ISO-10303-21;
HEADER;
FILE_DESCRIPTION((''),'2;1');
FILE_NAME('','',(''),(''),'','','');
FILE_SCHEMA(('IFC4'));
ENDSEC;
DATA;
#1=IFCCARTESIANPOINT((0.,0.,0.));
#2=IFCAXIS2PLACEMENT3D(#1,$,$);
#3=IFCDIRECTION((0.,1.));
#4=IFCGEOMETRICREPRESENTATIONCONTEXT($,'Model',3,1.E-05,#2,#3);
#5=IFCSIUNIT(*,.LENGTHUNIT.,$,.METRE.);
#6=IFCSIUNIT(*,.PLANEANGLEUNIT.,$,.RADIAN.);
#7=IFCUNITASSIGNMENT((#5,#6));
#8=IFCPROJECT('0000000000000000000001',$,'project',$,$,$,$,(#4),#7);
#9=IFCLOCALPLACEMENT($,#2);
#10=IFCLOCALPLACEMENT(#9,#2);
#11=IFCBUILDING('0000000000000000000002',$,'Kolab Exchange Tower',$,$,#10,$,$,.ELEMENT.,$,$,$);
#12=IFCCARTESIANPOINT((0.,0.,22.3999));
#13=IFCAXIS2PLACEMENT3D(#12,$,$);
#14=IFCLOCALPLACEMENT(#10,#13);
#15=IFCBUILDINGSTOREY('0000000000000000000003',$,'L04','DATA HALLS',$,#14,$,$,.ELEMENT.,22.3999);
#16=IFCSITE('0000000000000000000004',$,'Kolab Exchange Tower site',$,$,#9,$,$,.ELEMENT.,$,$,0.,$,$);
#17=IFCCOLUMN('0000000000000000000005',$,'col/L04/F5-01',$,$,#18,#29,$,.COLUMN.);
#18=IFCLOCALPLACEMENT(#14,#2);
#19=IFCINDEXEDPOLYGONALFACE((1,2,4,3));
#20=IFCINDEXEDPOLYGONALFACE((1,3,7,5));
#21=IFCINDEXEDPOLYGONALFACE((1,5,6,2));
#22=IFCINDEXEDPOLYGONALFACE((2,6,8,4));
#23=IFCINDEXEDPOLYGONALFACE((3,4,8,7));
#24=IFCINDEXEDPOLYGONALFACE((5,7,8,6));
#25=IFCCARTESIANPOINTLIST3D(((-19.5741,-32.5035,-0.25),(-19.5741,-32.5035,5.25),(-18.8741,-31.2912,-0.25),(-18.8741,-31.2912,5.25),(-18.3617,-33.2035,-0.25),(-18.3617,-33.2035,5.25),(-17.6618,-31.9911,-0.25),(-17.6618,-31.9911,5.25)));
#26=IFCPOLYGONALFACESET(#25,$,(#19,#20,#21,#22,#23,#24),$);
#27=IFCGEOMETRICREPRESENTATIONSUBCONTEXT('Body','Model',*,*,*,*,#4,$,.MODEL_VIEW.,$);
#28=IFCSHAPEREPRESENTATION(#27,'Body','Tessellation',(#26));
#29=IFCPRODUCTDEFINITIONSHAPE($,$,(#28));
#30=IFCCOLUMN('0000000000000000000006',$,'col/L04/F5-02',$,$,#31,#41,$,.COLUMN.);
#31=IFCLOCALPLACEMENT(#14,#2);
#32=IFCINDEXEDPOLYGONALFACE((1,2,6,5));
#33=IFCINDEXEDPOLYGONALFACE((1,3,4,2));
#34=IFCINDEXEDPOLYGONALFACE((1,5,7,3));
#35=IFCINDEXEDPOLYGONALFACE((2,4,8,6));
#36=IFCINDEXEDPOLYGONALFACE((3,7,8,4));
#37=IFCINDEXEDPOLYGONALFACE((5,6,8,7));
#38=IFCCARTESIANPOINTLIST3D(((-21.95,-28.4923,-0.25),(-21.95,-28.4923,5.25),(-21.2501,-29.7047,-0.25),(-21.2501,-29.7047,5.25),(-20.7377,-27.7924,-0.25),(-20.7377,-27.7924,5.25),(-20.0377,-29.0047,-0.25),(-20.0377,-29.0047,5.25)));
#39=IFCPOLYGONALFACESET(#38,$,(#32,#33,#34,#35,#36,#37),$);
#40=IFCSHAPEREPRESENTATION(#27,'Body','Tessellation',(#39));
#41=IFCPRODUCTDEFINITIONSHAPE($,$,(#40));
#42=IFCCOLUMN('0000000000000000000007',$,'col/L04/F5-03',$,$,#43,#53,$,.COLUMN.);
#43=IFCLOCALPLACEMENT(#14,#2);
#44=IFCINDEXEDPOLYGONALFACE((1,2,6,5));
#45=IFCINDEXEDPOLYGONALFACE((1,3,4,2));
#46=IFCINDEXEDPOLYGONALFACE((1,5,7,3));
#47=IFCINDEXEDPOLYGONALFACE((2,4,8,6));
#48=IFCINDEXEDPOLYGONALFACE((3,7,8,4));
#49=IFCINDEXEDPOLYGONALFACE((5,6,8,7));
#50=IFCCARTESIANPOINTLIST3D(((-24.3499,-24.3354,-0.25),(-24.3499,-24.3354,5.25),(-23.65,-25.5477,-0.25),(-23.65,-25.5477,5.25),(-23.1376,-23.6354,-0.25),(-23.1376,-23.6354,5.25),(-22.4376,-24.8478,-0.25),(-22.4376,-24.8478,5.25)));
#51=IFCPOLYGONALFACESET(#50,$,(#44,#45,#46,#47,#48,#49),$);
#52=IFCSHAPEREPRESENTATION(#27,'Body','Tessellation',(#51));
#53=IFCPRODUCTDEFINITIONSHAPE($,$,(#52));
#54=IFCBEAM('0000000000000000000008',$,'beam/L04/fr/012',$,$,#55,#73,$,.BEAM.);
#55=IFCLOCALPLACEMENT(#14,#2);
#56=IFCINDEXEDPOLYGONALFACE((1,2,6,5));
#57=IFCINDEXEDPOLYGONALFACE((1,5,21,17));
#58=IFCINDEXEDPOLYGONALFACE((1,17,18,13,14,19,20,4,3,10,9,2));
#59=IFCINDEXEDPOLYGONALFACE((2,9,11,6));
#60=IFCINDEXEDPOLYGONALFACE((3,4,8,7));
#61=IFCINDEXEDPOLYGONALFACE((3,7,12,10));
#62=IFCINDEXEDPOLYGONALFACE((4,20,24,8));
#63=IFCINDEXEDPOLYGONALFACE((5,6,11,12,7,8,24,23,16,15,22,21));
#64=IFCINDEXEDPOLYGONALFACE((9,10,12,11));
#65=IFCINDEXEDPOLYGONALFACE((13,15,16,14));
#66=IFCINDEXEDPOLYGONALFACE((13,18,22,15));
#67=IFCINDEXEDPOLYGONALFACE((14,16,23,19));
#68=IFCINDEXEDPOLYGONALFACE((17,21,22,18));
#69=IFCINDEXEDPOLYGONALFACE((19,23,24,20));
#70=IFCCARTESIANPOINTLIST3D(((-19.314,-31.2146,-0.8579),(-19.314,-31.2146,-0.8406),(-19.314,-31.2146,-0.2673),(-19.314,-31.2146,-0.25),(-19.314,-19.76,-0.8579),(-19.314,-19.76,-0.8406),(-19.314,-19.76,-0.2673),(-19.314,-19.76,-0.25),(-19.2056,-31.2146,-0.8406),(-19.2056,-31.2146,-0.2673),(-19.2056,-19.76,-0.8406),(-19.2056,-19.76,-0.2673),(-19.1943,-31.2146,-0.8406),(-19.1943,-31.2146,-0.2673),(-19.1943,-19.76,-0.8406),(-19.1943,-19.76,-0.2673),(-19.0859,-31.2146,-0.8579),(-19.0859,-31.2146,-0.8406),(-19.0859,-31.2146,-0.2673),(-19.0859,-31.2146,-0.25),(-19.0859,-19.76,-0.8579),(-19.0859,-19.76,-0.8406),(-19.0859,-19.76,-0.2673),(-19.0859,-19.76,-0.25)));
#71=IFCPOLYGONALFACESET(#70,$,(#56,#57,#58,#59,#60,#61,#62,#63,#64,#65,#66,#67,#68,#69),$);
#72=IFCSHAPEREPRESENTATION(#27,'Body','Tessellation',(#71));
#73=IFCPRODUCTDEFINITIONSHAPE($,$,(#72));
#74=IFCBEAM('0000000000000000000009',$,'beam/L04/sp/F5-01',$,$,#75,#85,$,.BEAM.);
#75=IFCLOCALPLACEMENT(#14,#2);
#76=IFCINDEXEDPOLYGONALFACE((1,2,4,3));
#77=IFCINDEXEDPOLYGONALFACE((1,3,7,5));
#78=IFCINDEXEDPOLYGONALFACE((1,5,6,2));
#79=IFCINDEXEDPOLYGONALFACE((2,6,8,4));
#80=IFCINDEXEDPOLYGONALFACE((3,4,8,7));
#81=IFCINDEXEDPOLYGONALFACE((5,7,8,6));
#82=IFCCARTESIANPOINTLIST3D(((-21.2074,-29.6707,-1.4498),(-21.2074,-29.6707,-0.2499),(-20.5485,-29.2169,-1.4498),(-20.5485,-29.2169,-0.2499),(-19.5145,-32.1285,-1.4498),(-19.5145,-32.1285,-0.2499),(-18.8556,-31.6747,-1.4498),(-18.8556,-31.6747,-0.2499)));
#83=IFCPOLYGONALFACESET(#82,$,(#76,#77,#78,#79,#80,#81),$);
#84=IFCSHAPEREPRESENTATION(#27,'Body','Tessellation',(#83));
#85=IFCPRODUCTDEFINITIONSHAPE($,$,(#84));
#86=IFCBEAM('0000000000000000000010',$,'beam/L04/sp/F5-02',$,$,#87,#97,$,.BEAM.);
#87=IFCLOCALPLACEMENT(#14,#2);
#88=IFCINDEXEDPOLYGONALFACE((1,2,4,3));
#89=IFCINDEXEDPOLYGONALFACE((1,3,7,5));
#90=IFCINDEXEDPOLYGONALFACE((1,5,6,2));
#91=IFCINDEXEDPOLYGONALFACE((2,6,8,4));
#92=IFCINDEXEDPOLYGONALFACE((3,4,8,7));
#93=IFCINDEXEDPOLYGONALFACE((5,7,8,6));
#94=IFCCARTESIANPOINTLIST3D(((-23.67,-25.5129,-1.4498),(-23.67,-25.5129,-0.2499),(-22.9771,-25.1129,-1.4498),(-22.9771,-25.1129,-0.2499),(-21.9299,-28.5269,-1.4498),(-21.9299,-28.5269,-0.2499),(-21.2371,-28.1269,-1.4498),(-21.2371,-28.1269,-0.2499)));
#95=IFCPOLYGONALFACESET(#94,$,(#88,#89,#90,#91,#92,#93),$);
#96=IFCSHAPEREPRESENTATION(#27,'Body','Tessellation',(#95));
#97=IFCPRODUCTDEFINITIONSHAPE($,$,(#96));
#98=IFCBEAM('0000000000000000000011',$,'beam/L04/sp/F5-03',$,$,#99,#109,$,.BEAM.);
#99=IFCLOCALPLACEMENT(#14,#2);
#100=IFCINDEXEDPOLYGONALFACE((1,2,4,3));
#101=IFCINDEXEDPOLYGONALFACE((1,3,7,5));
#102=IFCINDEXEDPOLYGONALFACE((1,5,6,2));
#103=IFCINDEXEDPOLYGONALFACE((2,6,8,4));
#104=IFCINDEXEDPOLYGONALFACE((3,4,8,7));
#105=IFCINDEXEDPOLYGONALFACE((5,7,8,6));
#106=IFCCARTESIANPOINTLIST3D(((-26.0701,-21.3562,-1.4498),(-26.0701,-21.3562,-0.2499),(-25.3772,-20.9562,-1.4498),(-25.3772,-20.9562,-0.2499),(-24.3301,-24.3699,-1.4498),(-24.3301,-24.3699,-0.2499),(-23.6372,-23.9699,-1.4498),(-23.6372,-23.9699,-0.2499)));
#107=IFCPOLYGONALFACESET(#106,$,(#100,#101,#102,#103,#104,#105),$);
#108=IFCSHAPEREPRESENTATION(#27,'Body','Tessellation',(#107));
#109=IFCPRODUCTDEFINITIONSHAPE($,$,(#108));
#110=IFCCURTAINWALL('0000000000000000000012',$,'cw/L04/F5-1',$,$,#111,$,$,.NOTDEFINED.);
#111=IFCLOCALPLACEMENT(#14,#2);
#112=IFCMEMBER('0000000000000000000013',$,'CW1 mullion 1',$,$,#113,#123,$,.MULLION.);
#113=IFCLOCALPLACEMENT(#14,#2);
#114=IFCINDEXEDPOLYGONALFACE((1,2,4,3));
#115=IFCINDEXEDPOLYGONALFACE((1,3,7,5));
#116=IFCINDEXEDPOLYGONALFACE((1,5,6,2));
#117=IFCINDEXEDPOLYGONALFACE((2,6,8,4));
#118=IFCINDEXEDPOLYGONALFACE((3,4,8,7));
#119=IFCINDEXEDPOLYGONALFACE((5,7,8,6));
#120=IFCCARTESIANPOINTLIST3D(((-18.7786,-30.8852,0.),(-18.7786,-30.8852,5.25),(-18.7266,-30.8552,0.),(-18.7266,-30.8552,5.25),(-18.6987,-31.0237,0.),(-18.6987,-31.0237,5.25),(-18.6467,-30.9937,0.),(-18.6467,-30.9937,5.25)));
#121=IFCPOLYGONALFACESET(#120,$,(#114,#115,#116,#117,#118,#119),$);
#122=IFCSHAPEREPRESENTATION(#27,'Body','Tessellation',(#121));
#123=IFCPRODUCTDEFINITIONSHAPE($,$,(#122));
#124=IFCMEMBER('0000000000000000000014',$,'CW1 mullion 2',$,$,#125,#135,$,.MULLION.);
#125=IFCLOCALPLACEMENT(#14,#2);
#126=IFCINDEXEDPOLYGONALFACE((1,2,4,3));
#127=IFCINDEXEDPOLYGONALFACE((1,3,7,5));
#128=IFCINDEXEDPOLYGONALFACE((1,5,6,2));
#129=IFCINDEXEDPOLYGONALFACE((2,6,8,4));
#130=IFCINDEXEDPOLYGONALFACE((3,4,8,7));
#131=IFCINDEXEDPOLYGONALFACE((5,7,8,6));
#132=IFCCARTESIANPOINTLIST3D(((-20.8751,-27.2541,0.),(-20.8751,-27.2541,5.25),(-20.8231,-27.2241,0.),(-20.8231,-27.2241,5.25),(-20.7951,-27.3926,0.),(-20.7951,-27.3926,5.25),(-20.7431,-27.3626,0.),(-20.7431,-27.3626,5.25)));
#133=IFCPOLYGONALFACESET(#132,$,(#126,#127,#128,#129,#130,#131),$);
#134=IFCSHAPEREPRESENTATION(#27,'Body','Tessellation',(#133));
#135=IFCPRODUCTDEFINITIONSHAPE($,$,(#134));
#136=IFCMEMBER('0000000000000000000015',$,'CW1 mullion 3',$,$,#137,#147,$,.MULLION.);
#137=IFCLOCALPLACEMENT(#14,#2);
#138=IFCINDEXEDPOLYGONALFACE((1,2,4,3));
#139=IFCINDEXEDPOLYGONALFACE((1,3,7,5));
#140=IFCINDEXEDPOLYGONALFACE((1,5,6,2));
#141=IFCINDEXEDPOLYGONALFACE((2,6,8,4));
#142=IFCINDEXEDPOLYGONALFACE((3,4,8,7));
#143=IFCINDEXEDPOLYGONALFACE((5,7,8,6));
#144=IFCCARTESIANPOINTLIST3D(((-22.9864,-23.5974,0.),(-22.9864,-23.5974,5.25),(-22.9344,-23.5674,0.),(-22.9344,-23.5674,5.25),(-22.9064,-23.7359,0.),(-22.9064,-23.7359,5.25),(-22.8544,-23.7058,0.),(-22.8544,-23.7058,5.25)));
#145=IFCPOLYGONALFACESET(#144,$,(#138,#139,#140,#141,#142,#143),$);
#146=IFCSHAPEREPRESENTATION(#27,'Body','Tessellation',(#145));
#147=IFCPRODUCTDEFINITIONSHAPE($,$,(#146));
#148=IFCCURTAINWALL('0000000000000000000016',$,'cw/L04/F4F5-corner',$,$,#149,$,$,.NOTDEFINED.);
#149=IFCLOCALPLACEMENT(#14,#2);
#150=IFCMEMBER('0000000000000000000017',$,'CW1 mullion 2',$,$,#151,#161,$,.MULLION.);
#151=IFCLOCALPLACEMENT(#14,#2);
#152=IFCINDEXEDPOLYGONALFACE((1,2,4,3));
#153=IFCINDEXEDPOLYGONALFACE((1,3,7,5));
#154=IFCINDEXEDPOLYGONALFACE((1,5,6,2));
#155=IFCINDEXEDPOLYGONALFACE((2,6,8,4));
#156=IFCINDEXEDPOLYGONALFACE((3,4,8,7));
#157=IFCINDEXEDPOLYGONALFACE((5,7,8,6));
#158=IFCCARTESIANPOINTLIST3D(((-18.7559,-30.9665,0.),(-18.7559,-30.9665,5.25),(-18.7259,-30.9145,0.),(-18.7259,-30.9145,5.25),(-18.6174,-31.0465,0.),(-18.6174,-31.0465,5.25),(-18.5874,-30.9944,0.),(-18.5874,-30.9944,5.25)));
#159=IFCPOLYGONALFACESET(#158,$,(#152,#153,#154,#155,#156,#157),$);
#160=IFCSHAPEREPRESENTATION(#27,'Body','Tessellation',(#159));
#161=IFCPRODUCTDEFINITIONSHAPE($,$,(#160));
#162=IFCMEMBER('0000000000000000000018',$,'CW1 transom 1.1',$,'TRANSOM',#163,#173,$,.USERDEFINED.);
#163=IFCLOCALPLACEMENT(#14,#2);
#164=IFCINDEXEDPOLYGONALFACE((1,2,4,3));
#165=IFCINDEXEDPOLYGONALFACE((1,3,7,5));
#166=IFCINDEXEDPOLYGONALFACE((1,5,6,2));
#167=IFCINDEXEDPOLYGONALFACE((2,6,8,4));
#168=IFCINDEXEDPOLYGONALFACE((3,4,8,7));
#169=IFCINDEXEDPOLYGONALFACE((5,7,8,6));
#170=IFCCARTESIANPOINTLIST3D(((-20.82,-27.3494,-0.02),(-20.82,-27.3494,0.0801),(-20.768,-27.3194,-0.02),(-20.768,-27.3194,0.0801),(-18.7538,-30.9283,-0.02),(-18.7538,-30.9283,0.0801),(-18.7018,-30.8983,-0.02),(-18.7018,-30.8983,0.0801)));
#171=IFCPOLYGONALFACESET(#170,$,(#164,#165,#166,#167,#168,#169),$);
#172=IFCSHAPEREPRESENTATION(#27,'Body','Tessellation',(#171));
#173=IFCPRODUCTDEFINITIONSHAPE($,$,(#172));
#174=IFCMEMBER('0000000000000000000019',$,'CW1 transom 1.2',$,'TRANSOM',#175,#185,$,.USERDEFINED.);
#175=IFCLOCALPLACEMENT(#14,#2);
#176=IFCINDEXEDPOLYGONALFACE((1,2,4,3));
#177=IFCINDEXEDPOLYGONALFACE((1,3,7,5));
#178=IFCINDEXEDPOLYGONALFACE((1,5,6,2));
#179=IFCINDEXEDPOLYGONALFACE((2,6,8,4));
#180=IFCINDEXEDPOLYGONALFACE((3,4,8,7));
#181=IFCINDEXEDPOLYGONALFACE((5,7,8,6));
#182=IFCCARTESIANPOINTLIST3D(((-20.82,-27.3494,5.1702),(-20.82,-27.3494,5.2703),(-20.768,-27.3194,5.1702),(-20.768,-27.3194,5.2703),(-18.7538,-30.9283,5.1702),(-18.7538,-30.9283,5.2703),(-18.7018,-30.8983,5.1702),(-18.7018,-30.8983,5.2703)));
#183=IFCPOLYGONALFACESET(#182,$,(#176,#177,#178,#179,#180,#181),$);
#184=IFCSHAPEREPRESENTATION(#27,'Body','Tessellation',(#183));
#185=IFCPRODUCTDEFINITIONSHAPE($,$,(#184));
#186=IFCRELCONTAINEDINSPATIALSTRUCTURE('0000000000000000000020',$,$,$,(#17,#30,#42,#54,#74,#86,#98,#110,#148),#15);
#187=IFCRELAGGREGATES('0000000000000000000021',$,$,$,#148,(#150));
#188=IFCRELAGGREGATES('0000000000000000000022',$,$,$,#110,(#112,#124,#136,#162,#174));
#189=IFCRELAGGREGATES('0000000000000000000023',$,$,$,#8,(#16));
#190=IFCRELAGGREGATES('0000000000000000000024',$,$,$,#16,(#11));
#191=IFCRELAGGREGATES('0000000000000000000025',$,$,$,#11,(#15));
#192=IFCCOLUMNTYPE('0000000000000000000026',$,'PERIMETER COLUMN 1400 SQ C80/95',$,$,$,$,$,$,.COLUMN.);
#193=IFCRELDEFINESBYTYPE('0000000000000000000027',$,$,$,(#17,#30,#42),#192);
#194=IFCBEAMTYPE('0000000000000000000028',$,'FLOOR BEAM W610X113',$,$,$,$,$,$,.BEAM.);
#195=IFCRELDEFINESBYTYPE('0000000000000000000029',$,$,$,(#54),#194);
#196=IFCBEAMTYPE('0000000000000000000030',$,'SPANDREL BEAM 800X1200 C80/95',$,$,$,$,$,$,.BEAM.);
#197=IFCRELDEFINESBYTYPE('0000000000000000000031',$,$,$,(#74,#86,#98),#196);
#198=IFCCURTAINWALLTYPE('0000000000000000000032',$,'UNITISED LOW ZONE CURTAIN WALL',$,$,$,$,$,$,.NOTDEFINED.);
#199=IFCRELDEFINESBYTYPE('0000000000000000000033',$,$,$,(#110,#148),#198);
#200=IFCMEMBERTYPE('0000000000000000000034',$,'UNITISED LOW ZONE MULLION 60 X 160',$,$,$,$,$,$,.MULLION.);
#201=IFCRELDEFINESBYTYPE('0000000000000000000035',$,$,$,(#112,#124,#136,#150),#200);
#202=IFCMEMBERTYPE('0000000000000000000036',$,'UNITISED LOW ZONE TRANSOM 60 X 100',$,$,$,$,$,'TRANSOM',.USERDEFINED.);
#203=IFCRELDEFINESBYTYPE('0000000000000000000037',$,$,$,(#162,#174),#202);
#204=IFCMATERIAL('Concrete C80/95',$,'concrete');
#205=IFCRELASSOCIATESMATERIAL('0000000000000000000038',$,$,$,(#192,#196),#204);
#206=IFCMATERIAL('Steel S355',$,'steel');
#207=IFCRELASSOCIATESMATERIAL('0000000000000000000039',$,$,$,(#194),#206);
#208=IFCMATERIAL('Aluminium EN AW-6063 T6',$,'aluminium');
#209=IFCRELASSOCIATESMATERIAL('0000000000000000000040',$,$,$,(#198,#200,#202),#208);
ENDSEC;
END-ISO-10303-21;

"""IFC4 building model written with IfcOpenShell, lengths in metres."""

from ifc_helpers import new_model, si_unit, direction, frame, origin, origin_2d, place, context, subcontext, project, spatial, rectangle, i_section, extrude, material, material_profile, profile_set, type_object, element, aggregate, save


model = new_model("IFC4")

# Units and contexts
model_context = context("Model", 3, precision=1e-05, world=origin(), true_north=direction((0.0, 1.0)))
body_context = subcontext(model_context, "Body", "Model", "MODEL_VIEW")
ifc_project = project(units=[si_unit("LENGTHUNIT", "METRE"), si_unit("PLANEANGLEUNIT", "RADIAN")], contexts=[model_context])

# Site, building, storey
site_placement = place(None, origin())
site = spatial("IfcSite", under=ifc_project, at=site_placement, Name="Kolab Exchange Tower site", CompositionType="ELEMENT", RefElevation=0.0)
building_placement = place(site_placement, origin())
building = spatial("IfcBuilding", under=site, at=building_placement, Name="Kolab Exchange Tower", CompositionType="ELEMENT")
storey_placement = place(building_placement, frame((0.0, 0.0, 22.3999)))
storey = spatial("IfcBuildingStorey", under=building, at=storey_placement, Name="L04", Description="DATA HALLS", CompositionType="ELEMENT", Elevation=22.3999)

# Columns
ifc_material_1 = material(Name="Concrete C80/95", Category="concrete")
ifc_material_profile_1 = material_profile(ifc_material_1, rectangle(XDim=1.3999, YDim=1.3999, at=origin_2d()), Name="RC1400")
ifc_profile_set_1 = profile_set([ifc_material_profile_1], Name="Concrete C80/95")
column_type = type_object("IfcColumnType", Name="PERIMETER COLUMN 1400 SQ C80/95", PredefinedType="COLUMN", material=ifc_profile_set_1)
for number, where, z_axis, x_axis, name in (
    (1, (-18.6179, -32.2473, -0.25), (0.0, 0.0, 1.0), (0.5, 0.866025, 0.0), "col/L04/F5-01"),
    (2, (-20.9939, -28.7485, -0.25), (0.0, 0.0, 1.0), (0.866025, 0.5, 0.0), "col/L04/F5-02"),
    (3, (-23.3938, -24.5916, -0.25), (0.0, 0.0, 1.0), (0.866025, 0.5, 0.0), "col/L04/F5-03"),
):
    element("IfcColumn", number, at=place(storey_placement, frame(where, z_axis=z_axis, x_axis=x_axis)), inside=storey, type_object=column_type, Name=name, PredefinedType="COLUMN", context=body_context, shape_type="SweptSolid", body=[
        extrude(rectangle(XDim=1.3999, YDim=1.3999, at=origin_2d()), origin(), (0.0, 0.0, 1.0), 5.5),
    ])

# Beams
ifc_material_2 = material(Name="Steel S355", Category="steel")
ifc_material_profile_2 = material_profile(ifc_material_2, i_section(OverallWidth=0.228, OverallDepth=0.6079, WebThickness=0.0112, FlangeThickness=0.0173, at=origin_2d()), Name="W610X113")
ifc_profile_set_2 = profile_set([ifc_material_profile_2], Name="Steel S355")
beam_type_1 = type_object("IfcBeamType", Name="FLOOR BEAM W610X113", PredefinedType="BEAM", material=ifc_profile_set_2)
beam_1_placement = place(storey_placement, frame((-19.2, -31.2146, -0.554), z_axis=(0.0, 1.0, 0.0), x_axis=(-1.0, 0.0, 0.0)))
element("IfcBeam", 4, at=beam_1_placement, inside=storey, type_object=beam_type_1, Name="beam/L04/fr/012", PredefinedType="BEAM", context=body_context, shape_type="SweptSolid", body=[
    extrude(i_section(OverallWidth=0.228, OverallDepth=0.6079, WebThickness=0.0112, FlangeThickness=0.0173, at=origin_2d()), origin(), (0.0, 0.0, 1.0), 11.4546),
])
ifc_material_profile_3 = material_profile(ifc_material_1, rectangle(XDim=0.8, YDim=1.2, at=origin_2d()), Name="RC800X1200")
ifc_profile_set_3 = profile_set([ifc_material_profile_3], Name="Concrete C80/95")
beam_type_2 = type_object("IfcBeamType", Name="SPANDREL BEAM 800X1200 C80/95", PredefinedType="BEAM", material=ifc_profile_set_3)
beam_2_placement = place(storey_placement, frame((-19.1851, -31.9016, -0.8499), z_axis=(-0.567247, 0.823548, 0.0), x_axis=(-0.823548, -0.567247, 0.0)))
element("IfcBeam", 5, at=beam_2_placement, inside=storey, type_object=beam_type_2, Name="beam/L04/sp/F5-01", PredefinedType="BEAM", context=body_context, shape_type="SweptSolid", body=[
    extrude(rectangle(XDim=0.8, YDim=1.2, at=origin_2d()), origin(), (0.0, 0.0, 1.0), 2.9844),
])
beam_3_placement = place(storey_placement, frame((-21.5835, -28.3269, -0.8499), z_axis=(-0.49998, 0.866037, 0.0), x_axis=(-0.866037, -0.49998, 0.0)))
element("IfcBeam", 6, at=beam_3_placement, inside=storey, type_object=beam_type_2, Name="beam/L04/sp/F5-02", PredefinedType="BEAM", context=body_context, shape_type="SweptSolid", body=[
    extrude(rectangle(XDim=0.8, YDim=1.2, at=origin_2d()), origin(), (0.0, 0.0, 1.0), 3.4802),
])
beam_4_placement = place(storey_placement, frame((-23.9836, -24.1699, -0.8499), z_axis=(-0.50001, 0.86602, 0.0), x_axis=(-0.86602, -0.50001, 0.0)))
element("IfcBeam", 7, at=beam_4_placement, inside=storey, type_object=beam_type_2, Name="beam/L04/sp/F5-03", PredefinedType="BEAM", context=body_context, shape_type="SweptSolid", body=[
    extrude(rectangle(XDim=0.8, YDim=1.2, at=origin_2d()), origin(), (0.0, 0.0, 1.0), 3.48),
])

# Curtain wall, members
ifc_material_3 = material(Name="Aluminium EN AW-6063 T6", Category="aluminium")
curtain_wall_type = type_object("IfcCurtainWallType", Name="UNITISED LOW ZONE CURTAIN WALL", PredefinedType="NOTDEFINED", material=ifc_material_3)
curtain_wall_1_placement = place(storey_placement, origin())
curtain_wall_1 = element("IfcCurtainWall", 8, at=curtain_wall_1_placement, inside=storey, type_object=curtain_wall_type, Name="cw/L04/F5-1", PredefinedType="NOTDEFINED")
ifc_material_profile_4 = material_profile(ifc_material_3, rectangle(XDim=0.0601, YDim=0.1599, at=origin_2d()), Name="RECT 60X160")
ifc_profile_set_4 = profile_set([ifc_material_profile_4], Name="Aluminium EN AW-6063 T6")
member_type_1 = type_object("IfcMemberType", Name="UNITISED LOW ZONE MULLION 60 X 160", PredefinedType="MULLION", material=ifc_profile_set_4)
member_1_placement = place(storey_placement, frame((-18.7126, -30.9395, 0.0), z_axis=(0.0, 0.0, 1.0), x_axis=(-0.866025, -0.5, 0.0)))
member_1 = element("IfcMember", 9, at=member_1_placement, type_object=member_type_1, Name="CW1 mullion 1", PredefinedType="MULLION", context=body_context, shape_type="SweptSolid", body=[
    extrude(rectangle(XDim=0.0601, YDim=0.1599, at=origin_2d()), origin(), (0.0, 0.0, 1.0), 5.25),
])
member_2_placement = place(storey_placement, frame((-20.8091, -27.3083, 0.0), z_axis=(0.0, 0.0, 1.0), x_axis=(-0.866025, -0.5, 0.0)))
member_2 = element("IfcMember", 10, at=member_2_placement, type_object=member_type_1, Name="CW1 mullion 2", PredefinedType="MULLION", context=body_context, shape_type="SweptSolid", body=[
    extrude(rectangle(XDim=0.0601, YDim=0.1599, at=origin_2d()), origin(), (0.0, 0.0, 1.0), 5.25),
])
member_3_placement = place(storey_placement, frame((-22.9204, -23.6516, 0.0), z_axis=(0.0, 0.0, 1.0), x_axis=(-0.866025, -0.5, 0.0)))
member_3 = element("IfcMember", 11, at=member_3_placement, type_object=member_type_1, Name="CW1 mullion 3", PredefinedType="MULLION", context=body_context, shape_type="SweptSolid", body=[
    extrude(rectangle(XDim=0.0601, YDim=0.1599, at=origin_2d()), origin(), (0.0, 0.0, 1.0), 5.25),
])

# Curtain wall, member
curtain_wall_2_placement = place(storey_placement, origin())
curtain_wall_2 = element("IfcCurtainWall", 12, at=curtain_wall_2_placement, inside=storey, type_object=curtain_wall_type, Name="cw/L04/F4F5-corner", PredefinedType="NOTDEFINED")
member_4_placement = place(storey_placement, frame((-18.6716, -30.9805, 0.0), z_axis=(0.0, 0.0, 1.0), x_axis=(-0.5, -0.866025, 0.0)))
member_4 = element("IfcMember", 13, at=member_4_placement, type_object=member_type_1, Name="CW1 mullion 2", PredefinedType="MULLION", context=body_context, shape_type="SweptSolid", body=[
    extrude(rectangle(XDim=0.0601, YDim=0.1599, at=origin_2d()), origin(), (0.0, 0.0, 1.0), 5.25),
])
aggregate(curtain_wall_2, [member_4])

# Members
ifc_material_profile_5 = material_profile(ifc_material_3, rectangle(XDim=0.0601, YDim=0.1001, at=origin_2d()), Name="RECT 60X100")
ifc_profile_set_5 = profile_set([ifc_material_profile_5], Name="Aluminium EN AW-6063 T6")
member_type_2 = type_object("IfcMemberType", Name="UNITISED LOW ZONE TRANSOM 60 X 100", ElementType="TRANSOM", PredefinedType="USERDEFINED", material=ifc_profile_set_5)
member_5_placement = place(storey_placement, frame((-18.7278, -30.9133, 0.03), z_axis=(-0.499983, 0.866035, 0.0), x_axis=(-0.866035, -0.499983, 0.0)))
member_5 = element("IfcMember", 14, at=member_5_placement, type_object=member_type_2, Name="CW1 transom 1.1", ObjectType="TRANSOM", PredefinedType="USERDEFINED", context=body_context, shape_type="SweptSolid", body=[
    extrude(rectangle(XDim=0.0601, YDim=0.1001, at=origin_2d()), origin(), (0.0, 0.0, 1.0), 4.1326),
])
member_6_placement = place(storey_placement, frame((-18.7278, -30.9133, 5.2202), z_axis=(-0.499983, 0.866035, 0.0), x_axis=(-0.866035, -0.499983, 0.0)))
member_6 = element("IfcMember", 15, at=member_6_placement, type_object=member_type_2, Name="CW1 transom 1.2", ObjectType="TRANSOM", PredefinedType="USERDEFINED", context=body_context, shape_type="SweptSolid", body=[
    extrude(rectangle(XDim=0.0601, YDim=0.1001, at=origin_2d()), origin(), (0.0, 0.0, 1.0), 4.1326),
])

aggregate(curtain_wall_1, [member_1, member_2, member_3, member_5, member_6])

save(model, "model.ifc")
